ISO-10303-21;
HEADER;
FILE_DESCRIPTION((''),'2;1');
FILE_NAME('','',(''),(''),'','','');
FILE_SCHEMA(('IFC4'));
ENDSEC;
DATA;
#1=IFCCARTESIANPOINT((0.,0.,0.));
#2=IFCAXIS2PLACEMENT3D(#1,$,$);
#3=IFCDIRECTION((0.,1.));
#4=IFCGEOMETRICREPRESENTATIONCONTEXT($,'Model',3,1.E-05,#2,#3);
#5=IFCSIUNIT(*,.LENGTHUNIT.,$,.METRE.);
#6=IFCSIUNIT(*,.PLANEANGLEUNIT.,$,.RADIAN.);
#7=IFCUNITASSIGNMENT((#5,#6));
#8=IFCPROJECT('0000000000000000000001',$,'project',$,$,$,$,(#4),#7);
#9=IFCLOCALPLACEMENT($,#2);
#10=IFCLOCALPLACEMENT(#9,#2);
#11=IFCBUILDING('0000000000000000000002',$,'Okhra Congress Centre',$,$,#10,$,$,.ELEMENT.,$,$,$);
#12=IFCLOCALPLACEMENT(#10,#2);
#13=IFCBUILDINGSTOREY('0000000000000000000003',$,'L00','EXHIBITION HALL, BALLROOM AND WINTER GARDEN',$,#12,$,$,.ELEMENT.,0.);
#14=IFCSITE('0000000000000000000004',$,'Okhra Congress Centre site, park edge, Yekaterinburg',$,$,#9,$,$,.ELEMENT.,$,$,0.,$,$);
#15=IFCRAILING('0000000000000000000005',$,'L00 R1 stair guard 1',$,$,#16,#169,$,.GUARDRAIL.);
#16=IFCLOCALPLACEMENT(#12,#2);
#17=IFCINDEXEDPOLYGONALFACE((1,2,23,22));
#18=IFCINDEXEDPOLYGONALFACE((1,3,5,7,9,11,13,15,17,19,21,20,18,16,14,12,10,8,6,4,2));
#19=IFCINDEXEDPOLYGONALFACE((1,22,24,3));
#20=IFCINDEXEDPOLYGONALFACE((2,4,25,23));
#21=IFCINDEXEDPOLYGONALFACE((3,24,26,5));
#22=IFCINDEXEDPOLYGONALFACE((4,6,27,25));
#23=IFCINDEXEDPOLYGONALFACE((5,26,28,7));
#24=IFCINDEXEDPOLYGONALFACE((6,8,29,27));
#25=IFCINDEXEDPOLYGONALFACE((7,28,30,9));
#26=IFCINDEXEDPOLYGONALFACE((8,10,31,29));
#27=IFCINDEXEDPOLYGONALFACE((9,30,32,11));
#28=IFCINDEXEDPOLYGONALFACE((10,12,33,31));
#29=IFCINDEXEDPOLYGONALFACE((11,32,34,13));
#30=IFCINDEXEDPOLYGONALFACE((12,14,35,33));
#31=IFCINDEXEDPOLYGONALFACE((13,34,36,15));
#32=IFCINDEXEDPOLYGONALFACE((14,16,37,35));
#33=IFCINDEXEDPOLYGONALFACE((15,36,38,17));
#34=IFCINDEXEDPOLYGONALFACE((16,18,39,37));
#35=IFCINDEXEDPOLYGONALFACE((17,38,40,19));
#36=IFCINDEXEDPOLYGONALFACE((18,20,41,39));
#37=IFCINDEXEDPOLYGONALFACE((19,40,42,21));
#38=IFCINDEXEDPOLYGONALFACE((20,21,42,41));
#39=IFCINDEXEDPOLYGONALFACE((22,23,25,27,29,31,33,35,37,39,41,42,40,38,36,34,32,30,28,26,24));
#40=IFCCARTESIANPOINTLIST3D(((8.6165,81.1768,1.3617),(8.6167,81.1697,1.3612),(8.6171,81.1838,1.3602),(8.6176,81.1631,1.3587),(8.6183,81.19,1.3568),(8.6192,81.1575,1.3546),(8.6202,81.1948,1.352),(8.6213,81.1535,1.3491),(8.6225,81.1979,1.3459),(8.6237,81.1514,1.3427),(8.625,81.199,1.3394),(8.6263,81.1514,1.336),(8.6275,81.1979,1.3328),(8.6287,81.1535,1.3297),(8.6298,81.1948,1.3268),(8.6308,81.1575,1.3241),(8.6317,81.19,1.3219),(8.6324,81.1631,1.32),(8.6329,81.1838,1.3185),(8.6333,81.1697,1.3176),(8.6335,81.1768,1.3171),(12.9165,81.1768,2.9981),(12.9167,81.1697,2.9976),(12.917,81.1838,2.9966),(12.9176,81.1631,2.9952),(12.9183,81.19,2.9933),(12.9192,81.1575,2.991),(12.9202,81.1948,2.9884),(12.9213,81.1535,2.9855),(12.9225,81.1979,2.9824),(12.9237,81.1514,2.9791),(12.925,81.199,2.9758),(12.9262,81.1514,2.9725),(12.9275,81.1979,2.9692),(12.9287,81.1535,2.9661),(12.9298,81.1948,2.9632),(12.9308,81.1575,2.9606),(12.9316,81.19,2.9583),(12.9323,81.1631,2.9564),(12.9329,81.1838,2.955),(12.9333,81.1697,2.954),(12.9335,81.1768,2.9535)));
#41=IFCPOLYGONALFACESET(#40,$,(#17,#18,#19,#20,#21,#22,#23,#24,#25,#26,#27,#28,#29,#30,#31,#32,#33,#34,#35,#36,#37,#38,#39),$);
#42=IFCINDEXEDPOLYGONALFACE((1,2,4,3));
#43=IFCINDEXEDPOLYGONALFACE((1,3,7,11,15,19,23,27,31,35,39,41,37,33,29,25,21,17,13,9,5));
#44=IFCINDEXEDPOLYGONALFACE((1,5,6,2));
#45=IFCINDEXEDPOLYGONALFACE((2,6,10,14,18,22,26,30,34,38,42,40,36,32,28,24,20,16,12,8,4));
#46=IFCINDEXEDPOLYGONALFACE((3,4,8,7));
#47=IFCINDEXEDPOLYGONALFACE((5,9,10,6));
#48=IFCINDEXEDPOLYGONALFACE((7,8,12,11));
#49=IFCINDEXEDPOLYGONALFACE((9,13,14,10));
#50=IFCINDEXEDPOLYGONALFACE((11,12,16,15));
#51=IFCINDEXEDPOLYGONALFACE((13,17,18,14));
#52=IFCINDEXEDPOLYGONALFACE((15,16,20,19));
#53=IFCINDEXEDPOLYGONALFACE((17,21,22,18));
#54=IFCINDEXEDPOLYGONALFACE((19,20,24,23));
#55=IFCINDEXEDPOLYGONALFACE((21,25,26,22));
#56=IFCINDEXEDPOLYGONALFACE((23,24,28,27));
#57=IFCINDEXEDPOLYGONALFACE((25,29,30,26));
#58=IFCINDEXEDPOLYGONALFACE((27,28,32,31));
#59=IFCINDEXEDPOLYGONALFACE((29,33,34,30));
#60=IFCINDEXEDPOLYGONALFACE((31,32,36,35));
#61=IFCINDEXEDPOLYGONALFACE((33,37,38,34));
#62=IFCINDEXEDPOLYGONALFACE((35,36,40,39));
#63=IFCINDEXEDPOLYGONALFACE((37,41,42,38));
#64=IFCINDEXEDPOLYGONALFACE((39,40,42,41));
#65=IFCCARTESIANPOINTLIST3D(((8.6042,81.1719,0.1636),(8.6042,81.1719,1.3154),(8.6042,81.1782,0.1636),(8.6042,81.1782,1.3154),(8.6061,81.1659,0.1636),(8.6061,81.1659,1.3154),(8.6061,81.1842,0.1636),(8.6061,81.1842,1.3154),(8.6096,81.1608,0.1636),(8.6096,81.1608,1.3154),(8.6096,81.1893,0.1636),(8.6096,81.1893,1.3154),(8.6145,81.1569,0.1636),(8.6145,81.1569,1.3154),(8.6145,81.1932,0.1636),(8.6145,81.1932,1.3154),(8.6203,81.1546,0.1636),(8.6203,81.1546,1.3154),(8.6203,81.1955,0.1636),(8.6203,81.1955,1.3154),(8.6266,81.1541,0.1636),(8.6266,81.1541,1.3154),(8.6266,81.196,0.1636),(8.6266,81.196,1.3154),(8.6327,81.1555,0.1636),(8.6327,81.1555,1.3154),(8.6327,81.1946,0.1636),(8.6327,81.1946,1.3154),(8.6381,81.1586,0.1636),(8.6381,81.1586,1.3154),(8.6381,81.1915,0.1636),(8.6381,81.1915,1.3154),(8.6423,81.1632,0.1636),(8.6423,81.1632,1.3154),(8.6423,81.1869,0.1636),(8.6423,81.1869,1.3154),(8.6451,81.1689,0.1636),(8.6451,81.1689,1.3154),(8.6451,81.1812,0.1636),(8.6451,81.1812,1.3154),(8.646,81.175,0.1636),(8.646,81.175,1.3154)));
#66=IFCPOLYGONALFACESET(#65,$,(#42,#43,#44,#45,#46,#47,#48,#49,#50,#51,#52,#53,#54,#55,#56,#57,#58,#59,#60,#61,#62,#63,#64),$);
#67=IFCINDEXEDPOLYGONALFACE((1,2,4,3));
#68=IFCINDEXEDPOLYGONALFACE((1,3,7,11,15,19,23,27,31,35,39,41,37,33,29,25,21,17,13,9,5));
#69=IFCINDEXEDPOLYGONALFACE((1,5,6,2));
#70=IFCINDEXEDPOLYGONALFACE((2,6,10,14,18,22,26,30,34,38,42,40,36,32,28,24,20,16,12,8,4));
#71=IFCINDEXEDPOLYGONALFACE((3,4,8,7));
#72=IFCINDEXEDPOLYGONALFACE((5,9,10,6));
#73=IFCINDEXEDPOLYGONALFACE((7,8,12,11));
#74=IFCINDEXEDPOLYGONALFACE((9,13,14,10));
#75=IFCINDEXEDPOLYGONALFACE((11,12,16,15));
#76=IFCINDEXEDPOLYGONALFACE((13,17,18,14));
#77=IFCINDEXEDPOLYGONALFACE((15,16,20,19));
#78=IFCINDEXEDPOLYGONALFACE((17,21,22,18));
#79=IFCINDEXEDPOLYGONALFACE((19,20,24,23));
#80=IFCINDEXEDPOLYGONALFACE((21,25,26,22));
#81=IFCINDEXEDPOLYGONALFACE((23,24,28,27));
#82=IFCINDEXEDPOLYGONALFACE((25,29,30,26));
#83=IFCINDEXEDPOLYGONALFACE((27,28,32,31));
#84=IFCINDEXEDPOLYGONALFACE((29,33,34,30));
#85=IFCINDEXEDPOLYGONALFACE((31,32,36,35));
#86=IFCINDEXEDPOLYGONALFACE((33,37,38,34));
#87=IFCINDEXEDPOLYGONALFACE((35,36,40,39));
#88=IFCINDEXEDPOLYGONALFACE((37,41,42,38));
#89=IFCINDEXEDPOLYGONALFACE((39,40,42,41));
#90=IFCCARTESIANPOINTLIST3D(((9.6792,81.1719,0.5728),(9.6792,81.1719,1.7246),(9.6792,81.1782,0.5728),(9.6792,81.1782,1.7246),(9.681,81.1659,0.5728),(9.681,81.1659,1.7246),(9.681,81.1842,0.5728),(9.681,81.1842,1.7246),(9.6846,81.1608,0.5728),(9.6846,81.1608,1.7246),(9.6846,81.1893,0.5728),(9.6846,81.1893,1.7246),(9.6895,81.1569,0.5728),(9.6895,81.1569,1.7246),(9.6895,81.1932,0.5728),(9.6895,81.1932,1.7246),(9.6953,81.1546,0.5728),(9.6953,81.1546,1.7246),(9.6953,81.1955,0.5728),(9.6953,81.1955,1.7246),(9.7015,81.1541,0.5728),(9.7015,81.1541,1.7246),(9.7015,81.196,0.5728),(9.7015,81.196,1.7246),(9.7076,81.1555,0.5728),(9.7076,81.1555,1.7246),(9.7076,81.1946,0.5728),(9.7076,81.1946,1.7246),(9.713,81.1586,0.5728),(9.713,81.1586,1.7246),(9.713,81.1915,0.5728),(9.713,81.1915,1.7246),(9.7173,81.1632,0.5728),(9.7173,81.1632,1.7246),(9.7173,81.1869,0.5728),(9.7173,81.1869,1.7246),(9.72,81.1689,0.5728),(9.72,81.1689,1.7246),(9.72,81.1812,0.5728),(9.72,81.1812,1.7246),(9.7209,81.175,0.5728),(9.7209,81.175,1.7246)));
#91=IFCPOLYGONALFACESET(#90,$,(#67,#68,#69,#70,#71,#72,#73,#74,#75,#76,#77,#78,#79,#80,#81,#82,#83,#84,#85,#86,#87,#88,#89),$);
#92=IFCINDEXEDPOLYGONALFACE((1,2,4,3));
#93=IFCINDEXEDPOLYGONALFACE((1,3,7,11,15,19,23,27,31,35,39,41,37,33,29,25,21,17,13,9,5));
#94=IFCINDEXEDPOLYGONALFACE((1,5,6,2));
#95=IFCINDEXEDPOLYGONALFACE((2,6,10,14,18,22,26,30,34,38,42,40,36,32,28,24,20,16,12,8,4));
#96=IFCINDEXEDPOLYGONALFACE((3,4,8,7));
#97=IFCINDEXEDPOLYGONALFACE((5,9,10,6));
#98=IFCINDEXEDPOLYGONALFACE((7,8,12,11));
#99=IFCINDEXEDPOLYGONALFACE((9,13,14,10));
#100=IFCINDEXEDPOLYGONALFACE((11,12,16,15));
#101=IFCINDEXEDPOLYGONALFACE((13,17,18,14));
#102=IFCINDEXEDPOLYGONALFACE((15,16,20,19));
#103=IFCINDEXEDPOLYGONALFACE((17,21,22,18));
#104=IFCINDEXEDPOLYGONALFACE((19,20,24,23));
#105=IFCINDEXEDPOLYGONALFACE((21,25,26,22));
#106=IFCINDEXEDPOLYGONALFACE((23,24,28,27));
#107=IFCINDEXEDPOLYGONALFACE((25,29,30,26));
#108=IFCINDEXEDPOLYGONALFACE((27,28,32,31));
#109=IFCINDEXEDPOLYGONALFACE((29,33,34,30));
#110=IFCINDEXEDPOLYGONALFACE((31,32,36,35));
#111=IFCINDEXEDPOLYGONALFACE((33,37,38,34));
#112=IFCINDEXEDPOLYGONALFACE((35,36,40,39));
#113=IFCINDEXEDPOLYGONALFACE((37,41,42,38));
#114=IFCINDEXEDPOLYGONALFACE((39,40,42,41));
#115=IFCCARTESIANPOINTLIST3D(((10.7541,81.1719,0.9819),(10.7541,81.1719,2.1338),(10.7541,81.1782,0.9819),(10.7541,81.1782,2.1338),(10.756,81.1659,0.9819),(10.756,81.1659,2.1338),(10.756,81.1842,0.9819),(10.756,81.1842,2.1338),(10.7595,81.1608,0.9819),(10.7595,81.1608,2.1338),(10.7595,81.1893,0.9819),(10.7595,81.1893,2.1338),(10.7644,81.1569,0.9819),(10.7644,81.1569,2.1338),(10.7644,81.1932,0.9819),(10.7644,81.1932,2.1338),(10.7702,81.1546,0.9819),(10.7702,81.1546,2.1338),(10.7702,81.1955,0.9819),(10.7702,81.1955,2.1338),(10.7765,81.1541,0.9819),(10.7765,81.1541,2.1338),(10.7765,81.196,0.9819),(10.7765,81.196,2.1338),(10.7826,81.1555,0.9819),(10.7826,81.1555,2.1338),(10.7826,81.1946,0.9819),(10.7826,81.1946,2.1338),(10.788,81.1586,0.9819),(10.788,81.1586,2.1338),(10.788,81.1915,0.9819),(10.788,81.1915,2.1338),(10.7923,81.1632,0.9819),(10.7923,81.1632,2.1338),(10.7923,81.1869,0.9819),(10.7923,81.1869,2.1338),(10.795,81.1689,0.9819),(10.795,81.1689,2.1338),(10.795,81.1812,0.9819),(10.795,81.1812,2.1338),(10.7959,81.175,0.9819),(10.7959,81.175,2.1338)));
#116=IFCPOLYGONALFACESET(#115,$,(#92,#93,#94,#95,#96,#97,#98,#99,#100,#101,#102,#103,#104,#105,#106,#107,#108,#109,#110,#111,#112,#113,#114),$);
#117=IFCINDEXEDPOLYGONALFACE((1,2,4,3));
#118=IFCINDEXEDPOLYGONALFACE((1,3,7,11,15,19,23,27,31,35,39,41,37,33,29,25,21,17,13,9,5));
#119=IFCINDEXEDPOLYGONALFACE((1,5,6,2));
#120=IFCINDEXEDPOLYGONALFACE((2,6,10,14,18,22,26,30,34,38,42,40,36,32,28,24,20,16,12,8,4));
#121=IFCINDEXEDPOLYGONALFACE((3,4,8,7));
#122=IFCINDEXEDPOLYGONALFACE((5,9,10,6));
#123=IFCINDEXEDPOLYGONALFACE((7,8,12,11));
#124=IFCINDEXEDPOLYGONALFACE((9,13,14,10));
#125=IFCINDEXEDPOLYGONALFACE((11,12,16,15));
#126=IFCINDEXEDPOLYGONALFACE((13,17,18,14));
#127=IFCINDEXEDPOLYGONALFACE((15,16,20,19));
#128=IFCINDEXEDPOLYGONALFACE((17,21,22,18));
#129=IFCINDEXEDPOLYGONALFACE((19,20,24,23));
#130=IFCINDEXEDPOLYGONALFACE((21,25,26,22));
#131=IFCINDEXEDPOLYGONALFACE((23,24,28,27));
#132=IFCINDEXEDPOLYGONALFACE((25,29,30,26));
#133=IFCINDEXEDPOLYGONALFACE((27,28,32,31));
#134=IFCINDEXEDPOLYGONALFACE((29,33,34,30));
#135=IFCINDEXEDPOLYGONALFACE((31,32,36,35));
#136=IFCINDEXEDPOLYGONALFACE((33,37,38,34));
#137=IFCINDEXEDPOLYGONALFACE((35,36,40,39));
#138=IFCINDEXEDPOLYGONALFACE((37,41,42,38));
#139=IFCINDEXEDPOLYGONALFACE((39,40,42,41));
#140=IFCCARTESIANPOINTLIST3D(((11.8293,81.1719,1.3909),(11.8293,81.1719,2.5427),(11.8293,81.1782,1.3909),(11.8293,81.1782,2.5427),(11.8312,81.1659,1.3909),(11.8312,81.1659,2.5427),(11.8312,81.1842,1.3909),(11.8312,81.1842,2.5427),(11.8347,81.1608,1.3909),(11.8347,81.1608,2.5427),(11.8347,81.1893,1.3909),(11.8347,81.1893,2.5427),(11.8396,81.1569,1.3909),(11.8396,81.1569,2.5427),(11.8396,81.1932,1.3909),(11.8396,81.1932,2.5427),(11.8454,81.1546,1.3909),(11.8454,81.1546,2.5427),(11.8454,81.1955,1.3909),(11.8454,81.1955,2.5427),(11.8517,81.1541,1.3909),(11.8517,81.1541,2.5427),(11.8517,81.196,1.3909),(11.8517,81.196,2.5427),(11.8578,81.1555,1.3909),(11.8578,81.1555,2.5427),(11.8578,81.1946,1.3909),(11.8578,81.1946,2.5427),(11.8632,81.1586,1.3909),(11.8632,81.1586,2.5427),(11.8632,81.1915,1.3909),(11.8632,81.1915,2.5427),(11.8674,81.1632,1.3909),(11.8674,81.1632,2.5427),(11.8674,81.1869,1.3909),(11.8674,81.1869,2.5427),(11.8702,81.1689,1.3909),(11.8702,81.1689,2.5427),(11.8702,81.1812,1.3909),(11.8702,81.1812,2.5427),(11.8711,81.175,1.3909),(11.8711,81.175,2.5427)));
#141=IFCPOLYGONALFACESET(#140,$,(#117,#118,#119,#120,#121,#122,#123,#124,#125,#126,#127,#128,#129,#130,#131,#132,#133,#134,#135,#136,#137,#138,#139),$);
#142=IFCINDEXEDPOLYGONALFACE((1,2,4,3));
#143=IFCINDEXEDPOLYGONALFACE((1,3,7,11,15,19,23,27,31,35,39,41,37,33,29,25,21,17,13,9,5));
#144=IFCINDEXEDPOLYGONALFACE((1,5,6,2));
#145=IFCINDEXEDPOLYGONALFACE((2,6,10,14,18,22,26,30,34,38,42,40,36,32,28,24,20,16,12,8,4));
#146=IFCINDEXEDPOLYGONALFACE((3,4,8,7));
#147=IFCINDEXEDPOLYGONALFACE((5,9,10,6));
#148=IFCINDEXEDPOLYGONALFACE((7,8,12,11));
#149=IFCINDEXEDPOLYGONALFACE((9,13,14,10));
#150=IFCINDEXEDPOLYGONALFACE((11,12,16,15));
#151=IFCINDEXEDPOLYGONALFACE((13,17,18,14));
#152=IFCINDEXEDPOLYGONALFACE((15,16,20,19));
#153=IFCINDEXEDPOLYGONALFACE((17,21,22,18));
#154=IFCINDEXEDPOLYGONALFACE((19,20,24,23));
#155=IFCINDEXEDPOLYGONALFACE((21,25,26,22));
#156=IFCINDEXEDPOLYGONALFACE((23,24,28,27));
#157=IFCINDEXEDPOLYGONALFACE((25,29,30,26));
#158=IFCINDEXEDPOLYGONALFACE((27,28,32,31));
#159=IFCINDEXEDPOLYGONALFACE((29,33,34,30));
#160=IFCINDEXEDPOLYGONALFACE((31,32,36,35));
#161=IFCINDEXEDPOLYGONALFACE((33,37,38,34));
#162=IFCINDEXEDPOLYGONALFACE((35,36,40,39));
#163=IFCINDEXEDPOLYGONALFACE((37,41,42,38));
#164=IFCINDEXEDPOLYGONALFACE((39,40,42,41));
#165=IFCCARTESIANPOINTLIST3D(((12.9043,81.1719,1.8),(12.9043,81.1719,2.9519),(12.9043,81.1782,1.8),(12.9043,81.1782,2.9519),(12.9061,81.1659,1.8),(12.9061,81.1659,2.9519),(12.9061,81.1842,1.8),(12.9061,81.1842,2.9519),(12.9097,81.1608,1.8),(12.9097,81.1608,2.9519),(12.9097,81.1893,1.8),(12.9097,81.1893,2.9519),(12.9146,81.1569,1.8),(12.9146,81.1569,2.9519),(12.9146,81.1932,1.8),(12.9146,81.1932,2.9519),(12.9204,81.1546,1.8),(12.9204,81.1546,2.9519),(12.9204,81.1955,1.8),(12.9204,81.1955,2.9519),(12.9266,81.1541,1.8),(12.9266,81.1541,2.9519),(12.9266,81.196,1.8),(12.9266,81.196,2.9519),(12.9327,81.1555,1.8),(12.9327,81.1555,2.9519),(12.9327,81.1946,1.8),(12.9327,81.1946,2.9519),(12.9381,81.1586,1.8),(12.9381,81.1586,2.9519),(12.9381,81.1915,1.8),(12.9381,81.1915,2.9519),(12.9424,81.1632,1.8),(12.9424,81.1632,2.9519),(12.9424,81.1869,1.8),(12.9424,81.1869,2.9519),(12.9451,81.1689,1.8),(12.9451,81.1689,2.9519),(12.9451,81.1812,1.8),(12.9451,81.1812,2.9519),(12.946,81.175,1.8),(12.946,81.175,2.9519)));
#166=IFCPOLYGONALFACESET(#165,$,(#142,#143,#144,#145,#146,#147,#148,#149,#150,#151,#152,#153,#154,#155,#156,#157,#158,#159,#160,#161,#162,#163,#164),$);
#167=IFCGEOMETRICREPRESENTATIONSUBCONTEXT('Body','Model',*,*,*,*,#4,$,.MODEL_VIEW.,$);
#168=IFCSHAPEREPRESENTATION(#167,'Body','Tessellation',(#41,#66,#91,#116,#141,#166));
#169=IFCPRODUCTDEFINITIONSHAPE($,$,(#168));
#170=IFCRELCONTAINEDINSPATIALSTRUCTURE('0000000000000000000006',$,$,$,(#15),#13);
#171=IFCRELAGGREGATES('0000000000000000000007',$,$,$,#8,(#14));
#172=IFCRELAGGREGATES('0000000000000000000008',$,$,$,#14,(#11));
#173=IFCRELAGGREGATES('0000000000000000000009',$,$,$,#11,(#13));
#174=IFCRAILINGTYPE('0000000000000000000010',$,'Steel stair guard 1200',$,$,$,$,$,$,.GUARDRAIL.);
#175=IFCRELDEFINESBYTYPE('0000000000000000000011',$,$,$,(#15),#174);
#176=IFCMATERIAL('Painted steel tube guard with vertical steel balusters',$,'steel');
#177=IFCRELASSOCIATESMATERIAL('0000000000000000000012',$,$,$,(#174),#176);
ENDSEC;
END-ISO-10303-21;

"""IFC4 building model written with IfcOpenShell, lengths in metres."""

from ifc_helpers import new_model, si_unit, direction, frame, origin, origin_2d, place, context, subcontext, project, spatial, circle, extrude, material, type_object, element, save


model = new_model("IFC4")

# Units and contexts
model_context = context("Model", 3, precision=1e-05, world=origin(), true_north=direction((0.0, 1.0)))
body_context = subcontext(model_context, "Body", "Model", "MODEL_VIEW")
ifc_project = project(units=[si_unit("LENGTHUNIT", "METRE"), si_unit("PLANEANGLEUNIT", "RADIAN")], contexts=[model_context])

# Site, building, storey
site_placement = place(None, origin())
site = spatial("IfcSite", under=ifc_project, at=site_placement, Name="Okhra Congress Centre site, park edge, Yekaterinburg", CompositionType="ELEMENT", RefElevation=0.0)
building_placement = place(site_placement, origin())
building = spatial("IfcBuilding", under=site, at=building_placement, Name="Okhra Congress Centre", CompositionType="ELEMENT")
storey_placement = place(building_placement, origin())
storey = spatial("IfcBuildingStorey", under=building, at=storey_placement, Name="L00", Description="EXHIBITION HALL, BALLROOM AND WINTER GARDEN", CompositionType="ELEMENT", Elevation=0.0)

# Railing
ifc_material_1 = material(Name="Painted steel tube guard with vertical steel balusters", Category="steel")
railing_type_1 = type_object("IfcRailingType", Name="Steel stair guard 1200", PredefinedType="GUARDRAIL", material=ifc_material_1)
railing_1_placement = place(storey_placement, frame((8.625, 81.175, 0.1636)))
element("IfcRailing", 1, at=railing_1_placement, inside=storey, type_object=railing_type_1, Name="L00 R1 stair guard 1", PredefinedType="GUARDRAIL", context=body_context, shape_type="SweptSolid", body=[
    extrude(circle(Radius=0.0239, at=origin_2d()), frame((0.0, 0.0, 1.1758), z_axis=(0.934606, 0.0, 0.355684), x_axis=(0.0, 1.0, 0.0)), (0.0, 0.0, 1.0), 4.6008),
    extrude(circle(Radius=0.021, at=origin_2d()), origin(), (0.0, 0.0, 1.0), 1.1519),
    extrude(circle(Radius=0.021, at=origin_2d()), frame((1.075, 0.0, 0.4092)), (0.0, 0.0, 1.0), 1.1519),
    extrude(circle(Radius=0.021, at=origin_2d()), frame((2.1499, 0.0, 0.8184)), (0.0, 0.0, 1.0), 1.1519),
    extrude(circle(Radius=0.021, at=origin_2d()), frame((3.2251, 0.0, 1.2273)), (0.0, 0.0, 1.0), 1.1519),
    extrude(circle(Radius=0.021, at=origin_2d()), frame((4.3, 0.0, 1.6365)), (0.0, 0.0, 1.0), 1.1519),
])

save(model, "model.ifc")
